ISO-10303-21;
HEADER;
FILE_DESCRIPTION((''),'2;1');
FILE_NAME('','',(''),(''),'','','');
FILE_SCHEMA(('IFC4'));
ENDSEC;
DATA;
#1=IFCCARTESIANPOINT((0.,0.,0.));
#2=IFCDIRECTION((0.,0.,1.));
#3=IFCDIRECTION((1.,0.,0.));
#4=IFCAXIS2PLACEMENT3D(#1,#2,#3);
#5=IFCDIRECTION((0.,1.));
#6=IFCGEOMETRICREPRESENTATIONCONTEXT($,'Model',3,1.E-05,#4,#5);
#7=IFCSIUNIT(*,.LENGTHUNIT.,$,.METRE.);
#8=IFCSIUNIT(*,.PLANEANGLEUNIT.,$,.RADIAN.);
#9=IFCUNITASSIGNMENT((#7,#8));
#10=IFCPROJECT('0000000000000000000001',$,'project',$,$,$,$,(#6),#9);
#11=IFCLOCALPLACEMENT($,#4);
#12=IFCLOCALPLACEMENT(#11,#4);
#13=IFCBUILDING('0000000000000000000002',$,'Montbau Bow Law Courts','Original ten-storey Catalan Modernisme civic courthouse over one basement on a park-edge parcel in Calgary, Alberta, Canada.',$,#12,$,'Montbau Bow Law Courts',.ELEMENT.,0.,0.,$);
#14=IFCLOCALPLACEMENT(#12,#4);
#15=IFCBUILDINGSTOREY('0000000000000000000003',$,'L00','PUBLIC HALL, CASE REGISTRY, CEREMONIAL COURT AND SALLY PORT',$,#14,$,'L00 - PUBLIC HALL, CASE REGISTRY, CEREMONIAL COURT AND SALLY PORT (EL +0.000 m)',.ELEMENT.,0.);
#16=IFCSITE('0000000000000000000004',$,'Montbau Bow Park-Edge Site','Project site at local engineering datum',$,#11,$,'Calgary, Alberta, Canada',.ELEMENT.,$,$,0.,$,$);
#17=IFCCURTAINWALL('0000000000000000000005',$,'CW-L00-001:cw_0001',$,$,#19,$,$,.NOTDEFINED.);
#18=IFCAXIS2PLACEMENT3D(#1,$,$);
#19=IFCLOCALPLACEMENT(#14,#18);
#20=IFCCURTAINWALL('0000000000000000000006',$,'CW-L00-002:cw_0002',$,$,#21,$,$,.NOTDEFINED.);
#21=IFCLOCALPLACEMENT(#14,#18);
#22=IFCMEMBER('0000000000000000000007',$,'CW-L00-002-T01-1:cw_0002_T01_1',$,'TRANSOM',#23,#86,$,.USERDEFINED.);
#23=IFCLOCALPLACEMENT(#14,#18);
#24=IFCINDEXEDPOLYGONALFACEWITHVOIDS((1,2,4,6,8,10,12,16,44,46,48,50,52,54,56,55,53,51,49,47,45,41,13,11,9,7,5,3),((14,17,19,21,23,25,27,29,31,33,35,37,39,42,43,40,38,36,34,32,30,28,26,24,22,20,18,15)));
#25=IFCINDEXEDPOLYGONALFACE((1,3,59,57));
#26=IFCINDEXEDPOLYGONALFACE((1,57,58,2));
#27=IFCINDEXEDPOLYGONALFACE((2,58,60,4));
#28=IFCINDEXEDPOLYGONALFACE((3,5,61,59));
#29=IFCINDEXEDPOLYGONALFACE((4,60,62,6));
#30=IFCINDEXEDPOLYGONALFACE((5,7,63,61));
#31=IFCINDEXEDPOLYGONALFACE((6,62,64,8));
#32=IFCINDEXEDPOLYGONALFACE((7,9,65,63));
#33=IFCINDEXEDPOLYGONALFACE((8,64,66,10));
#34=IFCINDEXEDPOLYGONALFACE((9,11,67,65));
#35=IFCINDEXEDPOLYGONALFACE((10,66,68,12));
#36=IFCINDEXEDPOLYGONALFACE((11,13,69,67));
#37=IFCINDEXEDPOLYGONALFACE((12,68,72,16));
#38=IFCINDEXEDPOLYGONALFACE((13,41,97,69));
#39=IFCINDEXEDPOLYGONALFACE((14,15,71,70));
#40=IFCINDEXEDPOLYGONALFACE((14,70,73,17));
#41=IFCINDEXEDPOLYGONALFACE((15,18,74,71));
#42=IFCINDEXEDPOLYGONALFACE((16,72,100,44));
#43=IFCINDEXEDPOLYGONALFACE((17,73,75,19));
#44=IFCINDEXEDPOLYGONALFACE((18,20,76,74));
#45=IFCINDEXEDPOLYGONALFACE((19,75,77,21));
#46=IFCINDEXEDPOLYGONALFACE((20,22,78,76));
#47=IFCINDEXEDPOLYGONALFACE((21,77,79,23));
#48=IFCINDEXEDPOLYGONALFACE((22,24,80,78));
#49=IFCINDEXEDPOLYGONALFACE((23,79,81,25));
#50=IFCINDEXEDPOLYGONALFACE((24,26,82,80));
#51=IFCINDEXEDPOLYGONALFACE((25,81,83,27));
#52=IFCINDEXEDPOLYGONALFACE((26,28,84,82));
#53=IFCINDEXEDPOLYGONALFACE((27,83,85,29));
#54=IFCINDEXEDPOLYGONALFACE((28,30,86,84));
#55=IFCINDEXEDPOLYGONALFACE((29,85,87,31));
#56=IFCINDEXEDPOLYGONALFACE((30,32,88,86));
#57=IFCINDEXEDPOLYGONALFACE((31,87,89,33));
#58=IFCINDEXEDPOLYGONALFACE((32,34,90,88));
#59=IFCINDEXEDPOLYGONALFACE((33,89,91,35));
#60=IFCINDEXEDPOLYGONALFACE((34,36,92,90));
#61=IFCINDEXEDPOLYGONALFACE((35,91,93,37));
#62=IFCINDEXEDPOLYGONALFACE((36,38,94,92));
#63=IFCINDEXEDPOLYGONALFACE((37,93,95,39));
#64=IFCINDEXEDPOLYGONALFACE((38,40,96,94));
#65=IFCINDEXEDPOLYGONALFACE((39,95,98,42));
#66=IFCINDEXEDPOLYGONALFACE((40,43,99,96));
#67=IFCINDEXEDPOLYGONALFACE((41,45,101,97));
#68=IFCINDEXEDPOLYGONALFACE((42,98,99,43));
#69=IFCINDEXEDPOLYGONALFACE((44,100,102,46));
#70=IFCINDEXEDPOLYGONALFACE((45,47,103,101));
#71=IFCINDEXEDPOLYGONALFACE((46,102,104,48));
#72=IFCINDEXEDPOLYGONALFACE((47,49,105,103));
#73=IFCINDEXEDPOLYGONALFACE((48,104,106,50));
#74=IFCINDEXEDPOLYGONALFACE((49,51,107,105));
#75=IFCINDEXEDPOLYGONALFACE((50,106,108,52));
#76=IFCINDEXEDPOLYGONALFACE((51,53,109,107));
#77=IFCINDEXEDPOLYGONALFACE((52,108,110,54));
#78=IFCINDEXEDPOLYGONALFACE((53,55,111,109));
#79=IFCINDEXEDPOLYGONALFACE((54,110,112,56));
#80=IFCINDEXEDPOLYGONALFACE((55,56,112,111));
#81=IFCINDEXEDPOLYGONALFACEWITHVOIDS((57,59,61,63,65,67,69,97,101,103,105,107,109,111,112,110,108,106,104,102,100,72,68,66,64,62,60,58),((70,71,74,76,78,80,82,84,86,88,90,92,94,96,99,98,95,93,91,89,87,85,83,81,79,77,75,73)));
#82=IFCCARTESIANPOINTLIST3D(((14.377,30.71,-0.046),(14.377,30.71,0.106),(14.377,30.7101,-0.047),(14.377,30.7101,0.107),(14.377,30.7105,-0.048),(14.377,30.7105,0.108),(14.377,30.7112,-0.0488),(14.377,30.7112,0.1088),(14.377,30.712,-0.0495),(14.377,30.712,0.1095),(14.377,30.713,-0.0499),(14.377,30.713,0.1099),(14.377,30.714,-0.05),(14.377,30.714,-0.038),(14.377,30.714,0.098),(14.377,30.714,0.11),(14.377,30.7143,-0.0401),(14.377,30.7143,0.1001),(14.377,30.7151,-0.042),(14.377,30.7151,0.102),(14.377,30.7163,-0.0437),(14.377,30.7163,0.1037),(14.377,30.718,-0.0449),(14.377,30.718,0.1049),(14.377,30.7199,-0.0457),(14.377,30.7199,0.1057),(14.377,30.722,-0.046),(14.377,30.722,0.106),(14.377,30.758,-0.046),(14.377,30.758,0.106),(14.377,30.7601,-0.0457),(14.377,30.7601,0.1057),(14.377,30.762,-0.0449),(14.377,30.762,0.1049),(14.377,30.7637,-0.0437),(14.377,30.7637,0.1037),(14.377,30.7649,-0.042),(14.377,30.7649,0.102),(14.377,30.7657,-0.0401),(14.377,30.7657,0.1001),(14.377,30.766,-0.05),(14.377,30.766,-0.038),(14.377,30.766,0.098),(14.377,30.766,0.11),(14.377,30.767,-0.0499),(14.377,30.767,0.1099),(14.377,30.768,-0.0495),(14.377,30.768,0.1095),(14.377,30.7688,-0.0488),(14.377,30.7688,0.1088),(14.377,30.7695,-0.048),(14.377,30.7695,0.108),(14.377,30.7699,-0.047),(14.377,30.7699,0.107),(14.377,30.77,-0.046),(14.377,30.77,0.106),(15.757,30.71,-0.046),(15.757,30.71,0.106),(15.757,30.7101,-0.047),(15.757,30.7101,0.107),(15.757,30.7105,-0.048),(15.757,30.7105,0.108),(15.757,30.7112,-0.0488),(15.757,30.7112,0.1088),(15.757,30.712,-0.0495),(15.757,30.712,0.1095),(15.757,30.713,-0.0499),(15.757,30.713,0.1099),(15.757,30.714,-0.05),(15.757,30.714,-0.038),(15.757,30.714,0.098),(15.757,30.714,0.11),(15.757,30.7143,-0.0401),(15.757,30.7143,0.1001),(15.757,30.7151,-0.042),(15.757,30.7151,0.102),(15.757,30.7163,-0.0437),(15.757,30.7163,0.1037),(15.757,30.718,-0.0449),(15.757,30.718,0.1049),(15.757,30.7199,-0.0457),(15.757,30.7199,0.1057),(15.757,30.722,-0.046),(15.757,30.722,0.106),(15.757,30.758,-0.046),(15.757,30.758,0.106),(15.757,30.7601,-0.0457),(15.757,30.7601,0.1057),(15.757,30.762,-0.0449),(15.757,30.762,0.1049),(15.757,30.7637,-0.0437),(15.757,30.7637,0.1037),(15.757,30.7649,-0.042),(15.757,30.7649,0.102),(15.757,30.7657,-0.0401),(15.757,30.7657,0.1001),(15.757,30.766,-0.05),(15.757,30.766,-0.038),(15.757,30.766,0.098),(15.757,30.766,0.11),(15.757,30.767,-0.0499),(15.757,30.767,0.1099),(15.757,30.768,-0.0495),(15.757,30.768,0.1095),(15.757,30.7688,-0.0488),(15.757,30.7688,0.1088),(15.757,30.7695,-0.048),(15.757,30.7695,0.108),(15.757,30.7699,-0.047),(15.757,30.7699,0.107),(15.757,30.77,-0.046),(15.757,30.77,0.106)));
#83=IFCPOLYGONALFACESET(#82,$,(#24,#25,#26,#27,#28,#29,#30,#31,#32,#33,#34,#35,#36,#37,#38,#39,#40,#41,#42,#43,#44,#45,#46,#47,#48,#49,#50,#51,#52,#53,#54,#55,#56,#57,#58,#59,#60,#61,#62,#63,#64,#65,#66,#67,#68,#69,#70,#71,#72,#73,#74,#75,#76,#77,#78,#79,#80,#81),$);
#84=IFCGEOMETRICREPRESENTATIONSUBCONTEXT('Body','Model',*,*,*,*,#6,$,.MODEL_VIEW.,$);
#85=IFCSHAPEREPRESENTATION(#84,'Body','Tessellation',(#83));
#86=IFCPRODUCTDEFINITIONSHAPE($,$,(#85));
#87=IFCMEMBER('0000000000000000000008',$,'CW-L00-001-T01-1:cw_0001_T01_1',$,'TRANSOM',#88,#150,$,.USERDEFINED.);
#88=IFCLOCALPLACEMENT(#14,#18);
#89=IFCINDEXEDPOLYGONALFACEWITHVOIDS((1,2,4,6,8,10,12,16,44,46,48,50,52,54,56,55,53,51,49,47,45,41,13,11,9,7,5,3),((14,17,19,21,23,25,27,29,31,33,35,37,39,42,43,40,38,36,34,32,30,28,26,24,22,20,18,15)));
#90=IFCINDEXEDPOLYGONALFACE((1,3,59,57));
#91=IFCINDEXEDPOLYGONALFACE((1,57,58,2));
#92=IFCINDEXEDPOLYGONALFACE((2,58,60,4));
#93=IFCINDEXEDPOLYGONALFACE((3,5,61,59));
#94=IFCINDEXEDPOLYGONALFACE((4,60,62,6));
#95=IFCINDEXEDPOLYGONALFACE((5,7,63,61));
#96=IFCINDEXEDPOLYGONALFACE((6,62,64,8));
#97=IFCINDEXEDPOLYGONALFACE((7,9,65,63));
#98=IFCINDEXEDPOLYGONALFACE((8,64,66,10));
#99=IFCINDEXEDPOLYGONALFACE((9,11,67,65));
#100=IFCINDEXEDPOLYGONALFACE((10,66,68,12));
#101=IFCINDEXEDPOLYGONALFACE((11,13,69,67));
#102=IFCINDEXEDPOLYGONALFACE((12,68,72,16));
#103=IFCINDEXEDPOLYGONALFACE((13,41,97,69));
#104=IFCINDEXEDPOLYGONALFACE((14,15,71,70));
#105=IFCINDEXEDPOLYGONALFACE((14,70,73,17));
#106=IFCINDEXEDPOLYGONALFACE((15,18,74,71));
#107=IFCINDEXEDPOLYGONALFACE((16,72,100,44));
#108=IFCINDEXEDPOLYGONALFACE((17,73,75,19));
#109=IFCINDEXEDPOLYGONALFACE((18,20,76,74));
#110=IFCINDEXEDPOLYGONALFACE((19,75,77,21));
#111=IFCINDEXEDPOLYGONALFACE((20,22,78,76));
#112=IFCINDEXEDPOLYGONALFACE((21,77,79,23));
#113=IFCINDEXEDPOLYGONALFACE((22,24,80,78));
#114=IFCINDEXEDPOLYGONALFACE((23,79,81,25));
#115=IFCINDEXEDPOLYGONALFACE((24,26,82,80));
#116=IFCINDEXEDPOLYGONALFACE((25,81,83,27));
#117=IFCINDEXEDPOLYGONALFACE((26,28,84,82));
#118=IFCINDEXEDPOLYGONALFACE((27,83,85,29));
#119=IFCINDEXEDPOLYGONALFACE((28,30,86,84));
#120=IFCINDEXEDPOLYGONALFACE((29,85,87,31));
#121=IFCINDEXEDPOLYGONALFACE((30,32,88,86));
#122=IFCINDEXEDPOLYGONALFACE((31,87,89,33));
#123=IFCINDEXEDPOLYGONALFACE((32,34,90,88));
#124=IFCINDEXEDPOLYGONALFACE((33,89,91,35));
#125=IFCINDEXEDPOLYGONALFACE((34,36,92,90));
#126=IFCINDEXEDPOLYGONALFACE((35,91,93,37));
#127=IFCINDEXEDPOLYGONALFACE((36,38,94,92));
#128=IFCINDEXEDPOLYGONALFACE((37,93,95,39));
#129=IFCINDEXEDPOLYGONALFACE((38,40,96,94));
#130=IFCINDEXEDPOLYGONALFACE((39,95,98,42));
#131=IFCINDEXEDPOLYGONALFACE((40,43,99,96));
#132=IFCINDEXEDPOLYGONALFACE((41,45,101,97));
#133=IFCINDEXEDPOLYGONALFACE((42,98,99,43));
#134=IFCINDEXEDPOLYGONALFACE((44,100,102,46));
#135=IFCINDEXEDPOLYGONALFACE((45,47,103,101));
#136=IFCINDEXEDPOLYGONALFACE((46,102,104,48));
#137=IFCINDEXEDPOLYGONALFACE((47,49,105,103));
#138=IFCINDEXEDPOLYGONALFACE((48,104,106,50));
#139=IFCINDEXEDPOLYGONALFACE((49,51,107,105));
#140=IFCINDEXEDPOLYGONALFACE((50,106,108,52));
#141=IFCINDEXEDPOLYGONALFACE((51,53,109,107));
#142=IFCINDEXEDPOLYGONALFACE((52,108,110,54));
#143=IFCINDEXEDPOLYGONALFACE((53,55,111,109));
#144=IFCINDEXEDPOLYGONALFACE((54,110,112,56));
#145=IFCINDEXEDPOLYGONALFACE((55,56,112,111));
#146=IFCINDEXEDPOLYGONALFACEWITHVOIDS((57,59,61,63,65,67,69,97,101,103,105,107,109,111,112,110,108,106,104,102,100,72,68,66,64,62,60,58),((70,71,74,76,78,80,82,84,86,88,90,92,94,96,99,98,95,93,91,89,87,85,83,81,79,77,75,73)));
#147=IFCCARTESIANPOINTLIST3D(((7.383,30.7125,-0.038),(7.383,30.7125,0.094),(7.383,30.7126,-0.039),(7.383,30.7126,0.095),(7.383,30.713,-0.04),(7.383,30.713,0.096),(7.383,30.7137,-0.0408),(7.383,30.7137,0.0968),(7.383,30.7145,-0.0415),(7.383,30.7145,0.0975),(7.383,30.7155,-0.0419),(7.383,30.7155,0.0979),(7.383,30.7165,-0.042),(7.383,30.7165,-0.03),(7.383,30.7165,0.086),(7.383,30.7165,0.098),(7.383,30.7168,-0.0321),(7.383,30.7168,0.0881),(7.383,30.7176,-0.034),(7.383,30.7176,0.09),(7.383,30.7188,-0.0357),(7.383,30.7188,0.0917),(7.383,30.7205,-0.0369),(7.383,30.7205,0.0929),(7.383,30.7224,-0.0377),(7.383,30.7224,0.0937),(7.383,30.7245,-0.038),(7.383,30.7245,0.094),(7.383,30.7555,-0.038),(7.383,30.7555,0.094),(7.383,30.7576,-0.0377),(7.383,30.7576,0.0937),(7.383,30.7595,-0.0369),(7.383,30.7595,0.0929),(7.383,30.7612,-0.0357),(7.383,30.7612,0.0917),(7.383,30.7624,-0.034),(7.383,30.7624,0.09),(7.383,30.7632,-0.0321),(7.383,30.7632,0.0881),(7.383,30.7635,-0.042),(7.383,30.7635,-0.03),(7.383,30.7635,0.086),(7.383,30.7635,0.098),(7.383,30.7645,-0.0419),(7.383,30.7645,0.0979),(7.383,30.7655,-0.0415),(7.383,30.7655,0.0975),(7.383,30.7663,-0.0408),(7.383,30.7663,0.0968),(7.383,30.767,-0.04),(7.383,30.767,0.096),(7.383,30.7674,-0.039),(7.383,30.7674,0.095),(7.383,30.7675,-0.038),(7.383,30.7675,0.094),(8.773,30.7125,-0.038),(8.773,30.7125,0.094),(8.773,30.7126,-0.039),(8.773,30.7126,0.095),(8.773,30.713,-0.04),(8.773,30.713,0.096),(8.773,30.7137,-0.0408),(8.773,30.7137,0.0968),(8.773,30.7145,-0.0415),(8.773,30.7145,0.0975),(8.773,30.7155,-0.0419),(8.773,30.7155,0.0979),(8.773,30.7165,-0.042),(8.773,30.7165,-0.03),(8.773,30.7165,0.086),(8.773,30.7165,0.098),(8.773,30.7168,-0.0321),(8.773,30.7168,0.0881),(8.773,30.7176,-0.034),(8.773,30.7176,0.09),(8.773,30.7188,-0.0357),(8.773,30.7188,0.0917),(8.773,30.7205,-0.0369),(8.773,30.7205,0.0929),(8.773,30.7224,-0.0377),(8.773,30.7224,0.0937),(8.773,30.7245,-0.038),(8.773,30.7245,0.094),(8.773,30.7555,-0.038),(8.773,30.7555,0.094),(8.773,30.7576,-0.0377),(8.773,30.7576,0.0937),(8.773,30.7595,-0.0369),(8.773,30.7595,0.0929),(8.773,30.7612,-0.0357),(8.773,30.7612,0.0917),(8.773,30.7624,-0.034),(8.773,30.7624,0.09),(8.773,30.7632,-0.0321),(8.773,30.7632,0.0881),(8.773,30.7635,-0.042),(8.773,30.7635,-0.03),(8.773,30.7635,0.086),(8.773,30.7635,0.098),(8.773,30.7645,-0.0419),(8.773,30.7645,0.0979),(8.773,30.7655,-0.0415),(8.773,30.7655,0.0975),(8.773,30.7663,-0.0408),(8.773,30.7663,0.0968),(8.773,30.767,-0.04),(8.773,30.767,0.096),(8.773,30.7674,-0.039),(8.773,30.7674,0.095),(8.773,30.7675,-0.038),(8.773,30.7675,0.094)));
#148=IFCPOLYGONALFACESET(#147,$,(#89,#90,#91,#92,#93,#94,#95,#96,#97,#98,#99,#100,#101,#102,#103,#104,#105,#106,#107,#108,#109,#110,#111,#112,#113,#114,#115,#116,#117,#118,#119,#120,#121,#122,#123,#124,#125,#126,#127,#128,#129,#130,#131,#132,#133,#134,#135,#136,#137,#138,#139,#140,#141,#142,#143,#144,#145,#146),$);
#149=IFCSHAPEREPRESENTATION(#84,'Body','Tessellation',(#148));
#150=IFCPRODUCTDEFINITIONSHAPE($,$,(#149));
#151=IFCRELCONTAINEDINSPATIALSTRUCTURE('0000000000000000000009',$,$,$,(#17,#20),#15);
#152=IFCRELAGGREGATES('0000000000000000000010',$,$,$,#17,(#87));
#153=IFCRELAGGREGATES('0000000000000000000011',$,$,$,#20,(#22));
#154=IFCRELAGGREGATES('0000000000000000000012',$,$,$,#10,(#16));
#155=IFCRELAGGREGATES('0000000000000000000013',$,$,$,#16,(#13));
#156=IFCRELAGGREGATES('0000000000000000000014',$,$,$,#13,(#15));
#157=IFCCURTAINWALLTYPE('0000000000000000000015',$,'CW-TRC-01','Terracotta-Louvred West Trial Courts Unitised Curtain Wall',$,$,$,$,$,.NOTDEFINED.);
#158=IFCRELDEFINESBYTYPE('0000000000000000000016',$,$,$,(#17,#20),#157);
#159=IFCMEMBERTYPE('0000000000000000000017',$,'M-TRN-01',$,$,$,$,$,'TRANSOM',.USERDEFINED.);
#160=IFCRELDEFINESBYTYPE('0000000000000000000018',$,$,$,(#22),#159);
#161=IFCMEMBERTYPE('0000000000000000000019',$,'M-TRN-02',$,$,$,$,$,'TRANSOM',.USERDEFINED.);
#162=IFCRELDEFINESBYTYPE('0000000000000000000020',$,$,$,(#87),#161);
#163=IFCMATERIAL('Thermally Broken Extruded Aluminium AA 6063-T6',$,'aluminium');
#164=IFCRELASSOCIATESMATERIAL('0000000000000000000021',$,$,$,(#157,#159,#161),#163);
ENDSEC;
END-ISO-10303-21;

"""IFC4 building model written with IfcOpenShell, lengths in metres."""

from ifc_helpers import new_model, si_unit, direction, frame, origin_with_axes, origin_2d_with_axis, place, context, subcontext, project, spatial, hollow_rectangle, extrude, material, material_profile, profile_set, type_object, element, aggregate, save


model = new_model("IFC4")

# Units and contexts
model_context = context("Model", 3, precision=1e-05, world=origin_with_axes(), true_north=direction((0.0, 1.0)))
body_context = subcontext(model_context, "Body", "Model", "MODEL_VIEW")
ifc_project = project(units=[si_unit("LENGTHUNIT", "METRE"), si_unit("PLANEANGLEUNIT", "RADIAN")], contexts=[model_context])

# Site, building, storey
site_placement = place(None, origin_with_axes())
site = spatial("IfcSite", under=ifc_project, at=site_placement, Name="Montbau Bow Park-Edge Site", Description="Project site at local engineering datum", LongName="Calgary, Alberta, Canada", CompositionType="ELEMENT", RefElevation=0.0)
building_placement = place(site_placement, origin_with_axes())
building = spatial("IfcBuilding", under=site, at=building_placement, Name="Montbau Bow Law Courts", Description="Original ten-storey Catalan Modernisme civic courthouse over one basement on a park-edge parcel in Calgary, Alberta, Canada.", LongName="Montbau Bow Law Courts", CompositionType="ELEMENT", ElevationOfRefHeight=0.0, ElevationOfTerrain=0.0)
storey_placement = place(building_placement, origin_with_axes())
storey = spatial("IfcBuildingStorey", under=building, at=storey_placement, Name="L00", Description="PUBLIC HALL, CASE REGISTRY, CEREMONIAL COURT AND SALLY PORT", LongName="L00 - PUBLIC HALL, CASE REGISTRY, CEREMONIAL COURT AND SALLY PORT (EL +0.000 m)", CompositionType="ELEMENT", Elevation=0.0)

# Curtain walls, member
ifc_material_1 = material(Name="Thermally Broken Extruded Aluminium AA 6063-T6", Category="aluminium")
curtain_wall_type = type_object("IfcCurtainWallType", Name="CW-TRC-01", Description="Terracotta-Louvred West Trial Courts Unitised Curtain Wall", PredefinedType="NOTDEFINED", material=ifc_material_1)
curtain_wall_1_placement = place(None, frame((7.315, 30.74, 0.0), z_axis=(0.0, 0.0, 1.0), x_axis=(1.0, 0.0, 0.0)))
curtain_wall_1 = element("IfcCurtainWall", 1, at=curtain_wall_1_placement, inside=storey, type_object=curtain_wall_type, Name="CW-L00-001:cw_0001", PredefinedType="NOTDEFINED")
curtain_wall_2_placement = place(None, frame((14.315, 30.74, 0.0), z_axis=(0.0, 0.0, 1.0), x_axis=(1.0, 0.0, 0.0)))
curtain_wall_2 = element("IfcCurtainWall", 2, at=curtain_wall_2_placement, inside=storey, type_object=curtain_wall_type, Name="CW-L00-002:cw_0002", PredefinedType="NOTDEFINED")
ifc_material_profile_1 = material_profile(ifc_material_1, hollow_rectangle(XDim=0.06, YDim=0.16, WallThickness=0.004, InnerFilletRadius=0.008, OuterFilletRadius=0.004, at=origin_2d_with_axis()), Name="CWT-160X60", Category="Main", Priority=0)
ifc_profile_set_1 = profile_set([ifc_material_profile_1], Name="Thermally Broken Extruded Aluminium AA 6063-T6")
member_type_1 = type_object("IfcMemberType", Name="M-TRN-01", ElementType="TRANSOM", PredefinedType="USERDEFINED", material=ifc_profile_set_1)
member_1_placement = place(None, frame((14.377, 30.74, 0.03), z_axis=(1.0, 0.0, 0.0), x_axis=(0.0, 1.0, 0.0)))
member_1 = element("IfcMember", 3, at=member_1_placement, type_object=member_type_1, Name="CW-L00-002-T01-1:cw_0002_T01_1", ObjectType="TRANSOM", PredefinedType="USERDEFINED", context=body_context, shape_type="SweptSolid", body=[
    extrude(hollow_rectangle(XDim=0.06, YDim=0.16, WallThickness=0.004, InnerFilletRadius=0.008, OuterFilletRadius=0.004, at=origin_2d_with_axis()), origin_with_axes(), (0.0, 0.0, 1.0), 1.38),
])

# Member
ifc_material_profile_2 = material_profile(ifc_material_1, hollow_rectangle(XDim=0.055, YDim=0.14, WallThickness=0.004, InnerFilletRadius=0.008, OuterFilletRadius=0.004, at=origin_2d_with_axis()), Name="CWT-140X55", Category="Main", Priority=0)
ifc_profile_set_2 = profile_set([ifc_material_profile_2], Name="Thermally Broken Extruded Aluminium AA 6063-T6")
member_type_2 = type_object("IfcMemberType", Name="M-TRN-02", ElementType="TRANSOM", PredefinedType="USERDEFINED", material=ifc_profile_set_2)
member_2_placement = place(None, frame((7.383, 30.74, 0.028), z_axis=(1.0, 0.0, 0.0), x_axis=(0.0, 1.0, 0.0)))
member_2 = element("IfcMember", 4, at=member_2_placement, type_object=member_type_2, Name="CW-L00-001-T01-1:cw_0001_T01_1", ObjectType="TRANSOM", PredefinedType="USERDEFINED", context=body_context, shape_type="SweptSolid", body=[
    extrude(hollow_rectangle(XDim=0.055, YDim=0.14, WallThickness=0.004, InnerFilletRadius=0.008, OuterFilletRadius=0.004, at=origin_2d_with_axis()), origin_with_axes(), (0.0, 0.0, 1.0), 1.39),
])

aggregate(curtain_wall_1, [member_2])
aggregate(curtain_wall_2, [member_1])

save(model, "model.ifc")
